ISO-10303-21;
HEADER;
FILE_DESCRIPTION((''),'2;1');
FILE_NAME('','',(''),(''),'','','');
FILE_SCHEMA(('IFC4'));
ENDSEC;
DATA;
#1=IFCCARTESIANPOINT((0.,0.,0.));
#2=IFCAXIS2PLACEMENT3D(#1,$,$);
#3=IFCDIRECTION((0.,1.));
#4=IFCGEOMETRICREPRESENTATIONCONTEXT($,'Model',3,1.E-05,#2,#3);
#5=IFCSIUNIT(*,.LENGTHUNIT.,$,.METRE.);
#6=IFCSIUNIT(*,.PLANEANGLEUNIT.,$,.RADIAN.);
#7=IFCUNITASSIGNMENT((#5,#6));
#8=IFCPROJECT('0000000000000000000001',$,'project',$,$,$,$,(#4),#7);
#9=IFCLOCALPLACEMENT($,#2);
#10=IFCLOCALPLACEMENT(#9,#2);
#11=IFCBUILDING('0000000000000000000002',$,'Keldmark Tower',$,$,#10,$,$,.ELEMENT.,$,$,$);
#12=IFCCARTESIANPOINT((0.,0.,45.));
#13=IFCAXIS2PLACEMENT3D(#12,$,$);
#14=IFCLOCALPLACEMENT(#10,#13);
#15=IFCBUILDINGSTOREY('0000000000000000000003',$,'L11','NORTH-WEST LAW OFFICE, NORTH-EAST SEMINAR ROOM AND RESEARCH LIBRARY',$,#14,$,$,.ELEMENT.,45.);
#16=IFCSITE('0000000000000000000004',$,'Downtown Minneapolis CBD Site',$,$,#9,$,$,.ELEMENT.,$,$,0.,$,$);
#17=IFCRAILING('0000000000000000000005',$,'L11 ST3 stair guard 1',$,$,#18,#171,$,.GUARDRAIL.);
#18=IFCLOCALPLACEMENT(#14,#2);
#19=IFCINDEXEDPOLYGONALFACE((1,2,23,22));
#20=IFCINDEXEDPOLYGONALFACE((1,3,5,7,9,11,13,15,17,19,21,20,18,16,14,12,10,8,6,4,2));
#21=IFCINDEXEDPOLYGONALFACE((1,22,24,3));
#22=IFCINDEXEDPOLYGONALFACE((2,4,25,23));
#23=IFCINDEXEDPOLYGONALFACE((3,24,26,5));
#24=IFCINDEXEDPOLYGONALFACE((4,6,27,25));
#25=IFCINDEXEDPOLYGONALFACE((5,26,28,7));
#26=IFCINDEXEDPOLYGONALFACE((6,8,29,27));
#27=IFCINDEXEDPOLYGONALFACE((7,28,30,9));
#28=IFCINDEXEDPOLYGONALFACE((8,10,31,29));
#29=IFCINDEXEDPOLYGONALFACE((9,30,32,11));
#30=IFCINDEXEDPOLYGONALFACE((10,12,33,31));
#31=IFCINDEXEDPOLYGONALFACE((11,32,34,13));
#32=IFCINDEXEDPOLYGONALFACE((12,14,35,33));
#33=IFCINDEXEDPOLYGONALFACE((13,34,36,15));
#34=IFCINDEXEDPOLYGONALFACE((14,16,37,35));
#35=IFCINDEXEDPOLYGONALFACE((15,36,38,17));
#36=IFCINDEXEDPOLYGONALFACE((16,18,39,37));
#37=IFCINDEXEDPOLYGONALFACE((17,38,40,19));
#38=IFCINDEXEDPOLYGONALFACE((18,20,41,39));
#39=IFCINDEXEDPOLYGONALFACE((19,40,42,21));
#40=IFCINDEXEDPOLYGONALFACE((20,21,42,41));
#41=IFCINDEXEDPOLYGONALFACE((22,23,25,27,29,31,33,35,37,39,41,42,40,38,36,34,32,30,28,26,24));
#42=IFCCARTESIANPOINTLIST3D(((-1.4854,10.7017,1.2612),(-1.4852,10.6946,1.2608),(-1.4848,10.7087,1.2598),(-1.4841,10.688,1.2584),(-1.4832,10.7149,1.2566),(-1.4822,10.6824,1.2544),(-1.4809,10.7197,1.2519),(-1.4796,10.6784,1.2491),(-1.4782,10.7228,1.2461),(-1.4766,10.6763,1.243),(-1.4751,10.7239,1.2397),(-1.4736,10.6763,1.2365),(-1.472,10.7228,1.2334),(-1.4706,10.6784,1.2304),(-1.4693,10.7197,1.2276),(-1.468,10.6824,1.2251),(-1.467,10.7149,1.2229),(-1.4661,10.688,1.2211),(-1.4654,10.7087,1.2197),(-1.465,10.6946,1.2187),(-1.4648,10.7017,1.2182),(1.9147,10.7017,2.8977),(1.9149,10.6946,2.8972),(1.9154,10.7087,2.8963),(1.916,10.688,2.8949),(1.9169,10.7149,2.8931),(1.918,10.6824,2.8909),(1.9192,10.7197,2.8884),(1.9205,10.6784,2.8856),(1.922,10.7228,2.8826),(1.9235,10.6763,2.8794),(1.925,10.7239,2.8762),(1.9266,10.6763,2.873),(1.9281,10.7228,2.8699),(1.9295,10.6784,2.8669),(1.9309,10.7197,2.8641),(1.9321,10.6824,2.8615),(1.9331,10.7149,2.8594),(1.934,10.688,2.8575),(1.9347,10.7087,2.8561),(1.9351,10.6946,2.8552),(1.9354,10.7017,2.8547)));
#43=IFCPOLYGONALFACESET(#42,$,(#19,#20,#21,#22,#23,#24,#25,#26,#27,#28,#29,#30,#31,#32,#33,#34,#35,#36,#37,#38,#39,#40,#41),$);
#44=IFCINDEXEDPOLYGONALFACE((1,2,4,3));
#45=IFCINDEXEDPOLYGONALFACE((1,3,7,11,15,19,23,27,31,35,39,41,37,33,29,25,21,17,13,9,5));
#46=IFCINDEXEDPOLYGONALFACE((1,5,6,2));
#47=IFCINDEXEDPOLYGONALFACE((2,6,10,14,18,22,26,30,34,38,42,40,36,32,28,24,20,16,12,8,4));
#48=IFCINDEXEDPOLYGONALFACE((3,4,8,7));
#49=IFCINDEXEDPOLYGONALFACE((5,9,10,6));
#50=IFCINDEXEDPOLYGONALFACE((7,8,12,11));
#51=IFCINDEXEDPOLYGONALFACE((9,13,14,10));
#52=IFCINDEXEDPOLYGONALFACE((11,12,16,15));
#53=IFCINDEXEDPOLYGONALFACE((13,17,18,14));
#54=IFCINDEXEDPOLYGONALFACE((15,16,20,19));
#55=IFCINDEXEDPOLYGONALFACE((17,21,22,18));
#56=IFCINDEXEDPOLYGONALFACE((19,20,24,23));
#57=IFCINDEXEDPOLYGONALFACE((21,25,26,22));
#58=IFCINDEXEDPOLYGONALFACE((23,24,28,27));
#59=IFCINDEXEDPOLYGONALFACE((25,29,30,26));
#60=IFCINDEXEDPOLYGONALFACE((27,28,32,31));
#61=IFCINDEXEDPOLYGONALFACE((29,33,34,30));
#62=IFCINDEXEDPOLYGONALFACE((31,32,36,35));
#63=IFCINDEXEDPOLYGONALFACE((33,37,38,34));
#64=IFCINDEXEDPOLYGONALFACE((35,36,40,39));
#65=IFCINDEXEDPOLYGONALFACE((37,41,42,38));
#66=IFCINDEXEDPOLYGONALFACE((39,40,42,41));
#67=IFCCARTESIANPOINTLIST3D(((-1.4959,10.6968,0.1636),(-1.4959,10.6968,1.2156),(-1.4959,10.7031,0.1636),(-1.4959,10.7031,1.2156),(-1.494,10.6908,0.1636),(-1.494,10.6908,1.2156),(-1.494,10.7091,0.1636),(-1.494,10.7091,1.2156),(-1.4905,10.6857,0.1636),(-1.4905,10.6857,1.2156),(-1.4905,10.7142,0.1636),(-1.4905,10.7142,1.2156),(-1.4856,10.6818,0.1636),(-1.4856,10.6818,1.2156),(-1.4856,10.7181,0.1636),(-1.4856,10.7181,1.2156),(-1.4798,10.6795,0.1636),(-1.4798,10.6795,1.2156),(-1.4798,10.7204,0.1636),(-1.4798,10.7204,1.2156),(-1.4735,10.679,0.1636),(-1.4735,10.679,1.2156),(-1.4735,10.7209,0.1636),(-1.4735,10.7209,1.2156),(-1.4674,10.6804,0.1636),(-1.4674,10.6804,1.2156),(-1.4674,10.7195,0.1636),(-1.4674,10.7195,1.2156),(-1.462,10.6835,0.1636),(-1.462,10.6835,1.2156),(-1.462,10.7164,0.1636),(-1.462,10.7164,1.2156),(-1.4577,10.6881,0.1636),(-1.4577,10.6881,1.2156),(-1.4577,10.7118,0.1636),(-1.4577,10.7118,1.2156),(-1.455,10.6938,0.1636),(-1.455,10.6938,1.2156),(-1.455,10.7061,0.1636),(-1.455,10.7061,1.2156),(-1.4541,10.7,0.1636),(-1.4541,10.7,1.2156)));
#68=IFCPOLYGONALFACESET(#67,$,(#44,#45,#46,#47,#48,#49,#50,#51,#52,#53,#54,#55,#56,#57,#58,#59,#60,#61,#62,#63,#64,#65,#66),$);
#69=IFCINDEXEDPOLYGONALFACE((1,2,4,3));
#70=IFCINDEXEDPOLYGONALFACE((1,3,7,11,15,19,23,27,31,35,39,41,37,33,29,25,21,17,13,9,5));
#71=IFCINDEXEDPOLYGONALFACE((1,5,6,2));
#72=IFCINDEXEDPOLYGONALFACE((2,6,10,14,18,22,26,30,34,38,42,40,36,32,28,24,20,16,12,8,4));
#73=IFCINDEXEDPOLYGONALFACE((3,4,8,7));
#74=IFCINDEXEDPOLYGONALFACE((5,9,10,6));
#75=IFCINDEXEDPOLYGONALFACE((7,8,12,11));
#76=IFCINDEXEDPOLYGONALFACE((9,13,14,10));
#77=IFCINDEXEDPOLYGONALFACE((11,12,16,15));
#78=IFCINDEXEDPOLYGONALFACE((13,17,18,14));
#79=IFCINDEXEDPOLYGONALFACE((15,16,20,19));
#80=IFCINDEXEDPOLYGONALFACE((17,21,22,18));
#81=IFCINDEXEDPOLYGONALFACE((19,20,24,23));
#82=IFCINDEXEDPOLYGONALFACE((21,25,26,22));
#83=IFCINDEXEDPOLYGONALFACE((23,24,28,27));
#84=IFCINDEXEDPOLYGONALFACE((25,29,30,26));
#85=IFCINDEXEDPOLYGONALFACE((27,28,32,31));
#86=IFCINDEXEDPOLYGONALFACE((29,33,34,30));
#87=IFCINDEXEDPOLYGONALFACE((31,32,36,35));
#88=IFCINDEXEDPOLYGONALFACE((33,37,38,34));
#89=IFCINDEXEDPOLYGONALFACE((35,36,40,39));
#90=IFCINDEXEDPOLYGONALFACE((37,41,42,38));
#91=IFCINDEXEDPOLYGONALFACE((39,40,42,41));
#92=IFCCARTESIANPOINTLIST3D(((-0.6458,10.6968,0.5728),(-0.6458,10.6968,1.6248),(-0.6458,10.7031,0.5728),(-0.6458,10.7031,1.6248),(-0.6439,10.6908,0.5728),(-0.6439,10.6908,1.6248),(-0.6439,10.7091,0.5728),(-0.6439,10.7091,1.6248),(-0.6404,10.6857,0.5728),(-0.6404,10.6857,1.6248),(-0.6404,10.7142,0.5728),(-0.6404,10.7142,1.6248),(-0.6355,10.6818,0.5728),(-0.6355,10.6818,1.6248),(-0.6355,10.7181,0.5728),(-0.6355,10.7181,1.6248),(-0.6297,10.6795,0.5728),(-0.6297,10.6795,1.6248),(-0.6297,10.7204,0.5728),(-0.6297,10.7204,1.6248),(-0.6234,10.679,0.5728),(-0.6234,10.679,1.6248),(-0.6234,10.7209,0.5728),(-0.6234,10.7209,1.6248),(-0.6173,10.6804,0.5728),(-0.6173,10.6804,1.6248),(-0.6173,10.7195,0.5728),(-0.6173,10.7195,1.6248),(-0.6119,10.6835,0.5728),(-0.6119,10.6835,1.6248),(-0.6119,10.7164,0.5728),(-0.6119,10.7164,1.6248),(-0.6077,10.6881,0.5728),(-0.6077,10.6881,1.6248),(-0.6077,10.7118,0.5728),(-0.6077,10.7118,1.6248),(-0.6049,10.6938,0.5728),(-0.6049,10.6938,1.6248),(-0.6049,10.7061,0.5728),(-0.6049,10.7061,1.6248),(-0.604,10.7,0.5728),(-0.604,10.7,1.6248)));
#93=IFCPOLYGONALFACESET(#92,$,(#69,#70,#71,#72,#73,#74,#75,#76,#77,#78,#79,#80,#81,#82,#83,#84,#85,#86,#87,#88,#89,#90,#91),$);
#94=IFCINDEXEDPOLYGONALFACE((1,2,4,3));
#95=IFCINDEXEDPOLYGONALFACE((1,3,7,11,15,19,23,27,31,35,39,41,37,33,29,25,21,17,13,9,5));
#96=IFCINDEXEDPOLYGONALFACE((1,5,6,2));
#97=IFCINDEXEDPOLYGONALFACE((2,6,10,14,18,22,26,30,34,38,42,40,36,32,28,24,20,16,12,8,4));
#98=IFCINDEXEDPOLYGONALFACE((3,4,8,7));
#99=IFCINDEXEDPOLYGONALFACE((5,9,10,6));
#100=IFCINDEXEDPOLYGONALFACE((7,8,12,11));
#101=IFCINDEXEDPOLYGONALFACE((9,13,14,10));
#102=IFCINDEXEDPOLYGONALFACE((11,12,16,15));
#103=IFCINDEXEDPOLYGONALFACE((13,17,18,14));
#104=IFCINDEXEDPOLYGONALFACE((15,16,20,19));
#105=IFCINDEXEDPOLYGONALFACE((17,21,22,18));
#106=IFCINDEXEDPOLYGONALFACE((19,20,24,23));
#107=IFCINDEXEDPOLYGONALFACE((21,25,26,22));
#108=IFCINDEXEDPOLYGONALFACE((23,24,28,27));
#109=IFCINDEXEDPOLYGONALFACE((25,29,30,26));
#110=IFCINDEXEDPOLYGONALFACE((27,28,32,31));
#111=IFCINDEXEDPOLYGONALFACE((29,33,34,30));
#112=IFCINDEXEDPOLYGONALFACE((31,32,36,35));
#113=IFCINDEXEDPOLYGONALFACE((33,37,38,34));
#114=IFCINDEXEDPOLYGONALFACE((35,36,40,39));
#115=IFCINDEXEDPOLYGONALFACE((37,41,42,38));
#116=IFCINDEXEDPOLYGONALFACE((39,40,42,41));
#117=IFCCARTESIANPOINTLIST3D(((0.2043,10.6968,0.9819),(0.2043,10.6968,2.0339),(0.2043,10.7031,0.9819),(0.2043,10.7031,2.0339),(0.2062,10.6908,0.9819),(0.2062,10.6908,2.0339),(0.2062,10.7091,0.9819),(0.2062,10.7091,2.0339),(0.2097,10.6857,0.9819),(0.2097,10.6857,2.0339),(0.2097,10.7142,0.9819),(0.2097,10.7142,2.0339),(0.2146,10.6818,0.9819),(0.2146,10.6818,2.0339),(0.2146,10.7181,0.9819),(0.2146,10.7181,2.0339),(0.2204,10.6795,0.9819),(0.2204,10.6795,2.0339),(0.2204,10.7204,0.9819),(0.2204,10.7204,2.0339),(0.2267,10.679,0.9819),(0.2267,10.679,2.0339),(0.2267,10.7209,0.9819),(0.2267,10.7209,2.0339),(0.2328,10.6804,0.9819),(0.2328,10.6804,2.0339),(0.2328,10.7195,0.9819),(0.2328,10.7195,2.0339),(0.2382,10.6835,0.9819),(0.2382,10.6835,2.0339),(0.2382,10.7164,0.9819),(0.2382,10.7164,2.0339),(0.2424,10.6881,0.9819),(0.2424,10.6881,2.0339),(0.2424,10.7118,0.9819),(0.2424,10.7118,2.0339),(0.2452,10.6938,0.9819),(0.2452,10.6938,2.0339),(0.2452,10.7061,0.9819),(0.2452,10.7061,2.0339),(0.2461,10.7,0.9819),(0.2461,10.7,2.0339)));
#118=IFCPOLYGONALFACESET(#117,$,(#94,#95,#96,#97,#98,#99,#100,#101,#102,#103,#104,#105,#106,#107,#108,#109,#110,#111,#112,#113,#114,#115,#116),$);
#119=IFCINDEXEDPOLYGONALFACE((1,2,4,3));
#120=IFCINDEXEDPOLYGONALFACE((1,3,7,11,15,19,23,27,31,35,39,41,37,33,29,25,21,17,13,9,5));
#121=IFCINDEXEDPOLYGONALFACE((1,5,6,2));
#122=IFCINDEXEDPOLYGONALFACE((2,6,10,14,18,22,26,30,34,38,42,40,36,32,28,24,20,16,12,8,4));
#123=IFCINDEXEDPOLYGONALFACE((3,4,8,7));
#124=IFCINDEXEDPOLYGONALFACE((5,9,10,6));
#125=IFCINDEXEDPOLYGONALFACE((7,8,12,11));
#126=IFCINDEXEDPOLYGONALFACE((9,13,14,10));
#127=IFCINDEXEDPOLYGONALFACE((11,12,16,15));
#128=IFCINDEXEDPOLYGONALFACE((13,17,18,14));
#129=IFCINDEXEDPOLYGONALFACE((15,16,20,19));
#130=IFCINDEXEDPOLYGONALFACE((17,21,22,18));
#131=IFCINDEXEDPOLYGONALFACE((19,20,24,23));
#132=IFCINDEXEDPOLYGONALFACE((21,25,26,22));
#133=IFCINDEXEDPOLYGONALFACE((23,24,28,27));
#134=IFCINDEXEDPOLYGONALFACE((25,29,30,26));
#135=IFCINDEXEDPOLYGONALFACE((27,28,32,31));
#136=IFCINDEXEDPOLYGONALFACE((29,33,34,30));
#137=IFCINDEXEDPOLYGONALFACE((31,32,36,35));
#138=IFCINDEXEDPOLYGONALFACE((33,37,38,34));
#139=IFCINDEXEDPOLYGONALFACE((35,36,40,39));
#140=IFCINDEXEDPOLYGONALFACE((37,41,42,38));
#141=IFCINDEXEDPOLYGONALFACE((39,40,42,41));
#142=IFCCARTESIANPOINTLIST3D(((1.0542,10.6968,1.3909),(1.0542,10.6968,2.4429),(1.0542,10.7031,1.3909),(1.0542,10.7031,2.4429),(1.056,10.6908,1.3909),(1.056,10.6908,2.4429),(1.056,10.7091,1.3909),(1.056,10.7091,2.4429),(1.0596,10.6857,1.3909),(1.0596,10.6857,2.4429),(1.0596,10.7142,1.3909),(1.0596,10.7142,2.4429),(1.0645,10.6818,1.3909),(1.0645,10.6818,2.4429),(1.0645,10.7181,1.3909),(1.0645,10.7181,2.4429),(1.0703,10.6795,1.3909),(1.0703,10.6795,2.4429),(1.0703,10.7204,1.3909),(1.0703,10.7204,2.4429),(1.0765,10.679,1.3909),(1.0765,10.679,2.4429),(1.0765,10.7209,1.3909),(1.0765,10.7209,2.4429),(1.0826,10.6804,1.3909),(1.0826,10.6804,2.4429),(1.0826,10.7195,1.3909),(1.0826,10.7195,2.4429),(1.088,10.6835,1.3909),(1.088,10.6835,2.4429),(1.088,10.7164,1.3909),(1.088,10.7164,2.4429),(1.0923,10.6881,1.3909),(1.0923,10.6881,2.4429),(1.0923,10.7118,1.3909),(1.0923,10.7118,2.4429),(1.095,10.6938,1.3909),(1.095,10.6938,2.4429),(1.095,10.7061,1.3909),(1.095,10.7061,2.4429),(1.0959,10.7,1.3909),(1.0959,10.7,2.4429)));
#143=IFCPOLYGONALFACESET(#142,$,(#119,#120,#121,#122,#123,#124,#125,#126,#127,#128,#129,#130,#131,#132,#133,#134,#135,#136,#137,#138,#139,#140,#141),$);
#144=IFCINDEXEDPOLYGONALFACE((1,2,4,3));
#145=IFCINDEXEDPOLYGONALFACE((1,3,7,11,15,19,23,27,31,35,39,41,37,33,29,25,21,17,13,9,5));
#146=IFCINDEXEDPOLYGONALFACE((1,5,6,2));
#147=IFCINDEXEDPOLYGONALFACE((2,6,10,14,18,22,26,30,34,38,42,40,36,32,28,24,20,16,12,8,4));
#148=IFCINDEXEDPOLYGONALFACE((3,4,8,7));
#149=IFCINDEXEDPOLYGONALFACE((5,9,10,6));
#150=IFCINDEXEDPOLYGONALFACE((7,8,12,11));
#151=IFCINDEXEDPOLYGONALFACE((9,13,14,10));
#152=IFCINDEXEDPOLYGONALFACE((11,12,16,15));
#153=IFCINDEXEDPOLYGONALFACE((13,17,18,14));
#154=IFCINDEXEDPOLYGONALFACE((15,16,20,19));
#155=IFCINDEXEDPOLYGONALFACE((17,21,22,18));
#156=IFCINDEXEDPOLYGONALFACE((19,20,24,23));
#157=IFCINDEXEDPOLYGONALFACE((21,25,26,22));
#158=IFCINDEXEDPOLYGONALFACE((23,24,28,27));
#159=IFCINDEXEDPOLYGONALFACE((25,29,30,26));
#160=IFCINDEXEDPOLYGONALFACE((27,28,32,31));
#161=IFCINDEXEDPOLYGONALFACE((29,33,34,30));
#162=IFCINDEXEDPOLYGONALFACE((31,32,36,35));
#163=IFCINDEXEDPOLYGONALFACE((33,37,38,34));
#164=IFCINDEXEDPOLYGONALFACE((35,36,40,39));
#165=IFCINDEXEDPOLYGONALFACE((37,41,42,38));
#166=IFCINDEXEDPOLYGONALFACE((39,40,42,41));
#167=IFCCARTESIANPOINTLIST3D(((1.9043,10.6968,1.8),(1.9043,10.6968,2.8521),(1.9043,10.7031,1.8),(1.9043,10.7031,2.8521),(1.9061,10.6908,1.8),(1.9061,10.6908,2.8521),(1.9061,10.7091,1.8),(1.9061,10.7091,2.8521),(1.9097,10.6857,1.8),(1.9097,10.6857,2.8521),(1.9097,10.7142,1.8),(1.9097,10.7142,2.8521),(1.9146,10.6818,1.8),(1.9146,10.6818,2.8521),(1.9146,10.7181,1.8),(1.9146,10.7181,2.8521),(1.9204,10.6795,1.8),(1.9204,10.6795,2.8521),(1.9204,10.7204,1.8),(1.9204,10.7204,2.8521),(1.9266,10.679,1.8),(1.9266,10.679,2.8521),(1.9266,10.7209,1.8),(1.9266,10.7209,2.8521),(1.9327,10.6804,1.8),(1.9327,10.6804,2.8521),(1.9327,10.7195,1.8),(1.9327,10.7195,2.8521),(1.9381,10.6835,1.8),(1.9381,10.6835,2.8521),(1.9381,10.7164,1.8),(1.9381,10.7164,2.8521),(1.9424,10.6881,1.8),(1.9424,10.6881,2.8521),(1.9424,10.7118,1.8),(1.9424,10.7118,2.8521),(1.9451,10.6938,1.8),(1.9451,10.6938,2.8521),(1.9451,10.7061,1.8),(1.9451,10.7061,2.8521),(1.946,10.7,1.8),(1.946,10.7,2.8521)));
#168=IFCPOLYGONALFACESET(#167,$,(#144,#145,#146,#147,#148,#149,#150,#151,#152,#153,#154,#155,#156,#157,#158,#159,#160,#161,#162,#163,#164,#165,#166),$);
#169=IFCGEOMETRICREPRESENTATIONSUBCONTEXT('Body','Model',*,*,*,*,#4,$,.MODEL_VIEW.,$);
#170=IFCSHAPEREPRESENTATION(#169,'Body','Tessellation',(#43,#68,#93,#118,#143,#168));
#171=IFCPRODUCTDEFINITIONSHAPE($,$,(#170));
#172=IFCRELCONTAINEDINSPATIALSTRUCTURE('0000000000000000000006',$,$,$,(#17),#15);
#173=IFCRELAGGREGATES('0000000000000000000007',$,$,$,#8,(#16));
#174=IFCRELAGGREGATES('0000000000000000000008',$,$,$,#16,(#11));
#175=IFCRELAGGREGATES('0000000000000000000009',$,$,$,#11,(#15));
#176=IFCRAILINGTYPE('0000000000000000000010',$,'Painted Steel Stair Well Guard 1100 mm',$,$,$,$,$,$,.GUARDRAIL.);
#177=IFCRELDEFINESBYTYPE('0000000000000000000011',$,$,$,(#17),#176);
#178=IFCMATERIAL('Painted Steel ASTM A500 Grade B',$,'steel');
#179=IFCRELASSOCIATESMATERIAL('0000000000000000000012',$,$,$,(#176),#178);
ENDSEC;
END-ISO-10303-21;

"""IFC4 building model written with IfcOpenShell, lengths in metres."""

from ifc_helpers import new_model, si_unit, direction, frame, origin, origin_2d, place, context, subcontext, project, spatial, circle, extrude, material, type_object, element, save


model = new_model("IFC4")

# Units and contexts
model_context = context("Model", 3, precision=1e-05, world=origin(), true_north=direction((0.0, 1.0)))
body_context = subcontext(model_context, "Body", "Model", "MODEL_VIEW")
ifc_project = project(units=[si_unit("LENGTHUNIT", "METRE"), si_unit("PLANEANGLEUNIT", "RADIAN")], contexts=[model_context])

# Site, building, storey
site_placement = place(None, origin())
site = spatial("IfcSite", under=ifc_project, at=site_placement, Name="Downtown Minneapolis CBD Site", CompositionType="ELEMENT", RefElevation=0.0)
building_placement = place(site_placement, origin())
building = spatial("IfcBuilding", under=site, at=building_placement, Name="Keldmark Tower", CompositionType="ELEMENT")
storey_placement = place(building_placement, frame((0.0, 0.0, 45.0)))
storey = spatial("IfcBuildingStorey", under=building, at=storey_placement, Name="L11", Description="NORTH-WEST LAW OFFICE, NORTH-EAST SEMINAR ROOM AND RESEARCH LIBRARY", CompositionType="ELEMENT", Elevation=45.0)

# Railing
ifc_material_1 = material(Name="Painted Steel ASTM A500 Grade B", Category="steel")
railing_type_1 = type_object("IfcRailingType", Name="Painted Steel Stair Well Guard 1100 mm", PredefinedType="GUARDRAIL", material=ifc_material_1)
railing_1_placement = place(storey_placement, frame((-1.4751, 10.7, 0.1636)))
element("IfcRailing", 1, at=railing_1_placement, inside=storey, type_object=railing_type_1, Name="L11 ST3 stair guard 1", PredefinedType="GUARDRAIL", context=body_context, shape_type="SweptSolid", body=[
    extrude(circle(Radius=0.0239, at=origin_2d()), frame((0.0, 0.0, 1.0762), z_axis=(0.901067, 0.0, 0.433679), x_axis=(0.0, 1.0, 0.0)), (0.0, 0.0, 1.0), 3.7734),
    extrude(circle(Radius=0.021, at=origin_2d()), origin(), (0.0, 0.0, 1.0), 1.052),
    extrude(circle(Radius=0.021, at=origin_2d()), frame((0.8501, 0.0, 0.4092)), (0.0, 0.0, 1.0), 1.052),
    extrude(circle(Radius=0.021, at=origin_2d()), frame((1.7002, 0.0, 0.8184)), (0.0, 0.0, 1.0), 1.052),
    extrude(circle(Radius=0.021, at=origin_2d()), frame((2.55, 0.0, 1.2273)), (0.0, 0.0, 1.0), 1.052),
    extrude(circle(Radius=0.021, at=origin_2d()), frame((3.4001, 0.0, 1.6365)), (0.0, 0.0, 1.0), 1.052),
])

save(model, "model.ifc")
